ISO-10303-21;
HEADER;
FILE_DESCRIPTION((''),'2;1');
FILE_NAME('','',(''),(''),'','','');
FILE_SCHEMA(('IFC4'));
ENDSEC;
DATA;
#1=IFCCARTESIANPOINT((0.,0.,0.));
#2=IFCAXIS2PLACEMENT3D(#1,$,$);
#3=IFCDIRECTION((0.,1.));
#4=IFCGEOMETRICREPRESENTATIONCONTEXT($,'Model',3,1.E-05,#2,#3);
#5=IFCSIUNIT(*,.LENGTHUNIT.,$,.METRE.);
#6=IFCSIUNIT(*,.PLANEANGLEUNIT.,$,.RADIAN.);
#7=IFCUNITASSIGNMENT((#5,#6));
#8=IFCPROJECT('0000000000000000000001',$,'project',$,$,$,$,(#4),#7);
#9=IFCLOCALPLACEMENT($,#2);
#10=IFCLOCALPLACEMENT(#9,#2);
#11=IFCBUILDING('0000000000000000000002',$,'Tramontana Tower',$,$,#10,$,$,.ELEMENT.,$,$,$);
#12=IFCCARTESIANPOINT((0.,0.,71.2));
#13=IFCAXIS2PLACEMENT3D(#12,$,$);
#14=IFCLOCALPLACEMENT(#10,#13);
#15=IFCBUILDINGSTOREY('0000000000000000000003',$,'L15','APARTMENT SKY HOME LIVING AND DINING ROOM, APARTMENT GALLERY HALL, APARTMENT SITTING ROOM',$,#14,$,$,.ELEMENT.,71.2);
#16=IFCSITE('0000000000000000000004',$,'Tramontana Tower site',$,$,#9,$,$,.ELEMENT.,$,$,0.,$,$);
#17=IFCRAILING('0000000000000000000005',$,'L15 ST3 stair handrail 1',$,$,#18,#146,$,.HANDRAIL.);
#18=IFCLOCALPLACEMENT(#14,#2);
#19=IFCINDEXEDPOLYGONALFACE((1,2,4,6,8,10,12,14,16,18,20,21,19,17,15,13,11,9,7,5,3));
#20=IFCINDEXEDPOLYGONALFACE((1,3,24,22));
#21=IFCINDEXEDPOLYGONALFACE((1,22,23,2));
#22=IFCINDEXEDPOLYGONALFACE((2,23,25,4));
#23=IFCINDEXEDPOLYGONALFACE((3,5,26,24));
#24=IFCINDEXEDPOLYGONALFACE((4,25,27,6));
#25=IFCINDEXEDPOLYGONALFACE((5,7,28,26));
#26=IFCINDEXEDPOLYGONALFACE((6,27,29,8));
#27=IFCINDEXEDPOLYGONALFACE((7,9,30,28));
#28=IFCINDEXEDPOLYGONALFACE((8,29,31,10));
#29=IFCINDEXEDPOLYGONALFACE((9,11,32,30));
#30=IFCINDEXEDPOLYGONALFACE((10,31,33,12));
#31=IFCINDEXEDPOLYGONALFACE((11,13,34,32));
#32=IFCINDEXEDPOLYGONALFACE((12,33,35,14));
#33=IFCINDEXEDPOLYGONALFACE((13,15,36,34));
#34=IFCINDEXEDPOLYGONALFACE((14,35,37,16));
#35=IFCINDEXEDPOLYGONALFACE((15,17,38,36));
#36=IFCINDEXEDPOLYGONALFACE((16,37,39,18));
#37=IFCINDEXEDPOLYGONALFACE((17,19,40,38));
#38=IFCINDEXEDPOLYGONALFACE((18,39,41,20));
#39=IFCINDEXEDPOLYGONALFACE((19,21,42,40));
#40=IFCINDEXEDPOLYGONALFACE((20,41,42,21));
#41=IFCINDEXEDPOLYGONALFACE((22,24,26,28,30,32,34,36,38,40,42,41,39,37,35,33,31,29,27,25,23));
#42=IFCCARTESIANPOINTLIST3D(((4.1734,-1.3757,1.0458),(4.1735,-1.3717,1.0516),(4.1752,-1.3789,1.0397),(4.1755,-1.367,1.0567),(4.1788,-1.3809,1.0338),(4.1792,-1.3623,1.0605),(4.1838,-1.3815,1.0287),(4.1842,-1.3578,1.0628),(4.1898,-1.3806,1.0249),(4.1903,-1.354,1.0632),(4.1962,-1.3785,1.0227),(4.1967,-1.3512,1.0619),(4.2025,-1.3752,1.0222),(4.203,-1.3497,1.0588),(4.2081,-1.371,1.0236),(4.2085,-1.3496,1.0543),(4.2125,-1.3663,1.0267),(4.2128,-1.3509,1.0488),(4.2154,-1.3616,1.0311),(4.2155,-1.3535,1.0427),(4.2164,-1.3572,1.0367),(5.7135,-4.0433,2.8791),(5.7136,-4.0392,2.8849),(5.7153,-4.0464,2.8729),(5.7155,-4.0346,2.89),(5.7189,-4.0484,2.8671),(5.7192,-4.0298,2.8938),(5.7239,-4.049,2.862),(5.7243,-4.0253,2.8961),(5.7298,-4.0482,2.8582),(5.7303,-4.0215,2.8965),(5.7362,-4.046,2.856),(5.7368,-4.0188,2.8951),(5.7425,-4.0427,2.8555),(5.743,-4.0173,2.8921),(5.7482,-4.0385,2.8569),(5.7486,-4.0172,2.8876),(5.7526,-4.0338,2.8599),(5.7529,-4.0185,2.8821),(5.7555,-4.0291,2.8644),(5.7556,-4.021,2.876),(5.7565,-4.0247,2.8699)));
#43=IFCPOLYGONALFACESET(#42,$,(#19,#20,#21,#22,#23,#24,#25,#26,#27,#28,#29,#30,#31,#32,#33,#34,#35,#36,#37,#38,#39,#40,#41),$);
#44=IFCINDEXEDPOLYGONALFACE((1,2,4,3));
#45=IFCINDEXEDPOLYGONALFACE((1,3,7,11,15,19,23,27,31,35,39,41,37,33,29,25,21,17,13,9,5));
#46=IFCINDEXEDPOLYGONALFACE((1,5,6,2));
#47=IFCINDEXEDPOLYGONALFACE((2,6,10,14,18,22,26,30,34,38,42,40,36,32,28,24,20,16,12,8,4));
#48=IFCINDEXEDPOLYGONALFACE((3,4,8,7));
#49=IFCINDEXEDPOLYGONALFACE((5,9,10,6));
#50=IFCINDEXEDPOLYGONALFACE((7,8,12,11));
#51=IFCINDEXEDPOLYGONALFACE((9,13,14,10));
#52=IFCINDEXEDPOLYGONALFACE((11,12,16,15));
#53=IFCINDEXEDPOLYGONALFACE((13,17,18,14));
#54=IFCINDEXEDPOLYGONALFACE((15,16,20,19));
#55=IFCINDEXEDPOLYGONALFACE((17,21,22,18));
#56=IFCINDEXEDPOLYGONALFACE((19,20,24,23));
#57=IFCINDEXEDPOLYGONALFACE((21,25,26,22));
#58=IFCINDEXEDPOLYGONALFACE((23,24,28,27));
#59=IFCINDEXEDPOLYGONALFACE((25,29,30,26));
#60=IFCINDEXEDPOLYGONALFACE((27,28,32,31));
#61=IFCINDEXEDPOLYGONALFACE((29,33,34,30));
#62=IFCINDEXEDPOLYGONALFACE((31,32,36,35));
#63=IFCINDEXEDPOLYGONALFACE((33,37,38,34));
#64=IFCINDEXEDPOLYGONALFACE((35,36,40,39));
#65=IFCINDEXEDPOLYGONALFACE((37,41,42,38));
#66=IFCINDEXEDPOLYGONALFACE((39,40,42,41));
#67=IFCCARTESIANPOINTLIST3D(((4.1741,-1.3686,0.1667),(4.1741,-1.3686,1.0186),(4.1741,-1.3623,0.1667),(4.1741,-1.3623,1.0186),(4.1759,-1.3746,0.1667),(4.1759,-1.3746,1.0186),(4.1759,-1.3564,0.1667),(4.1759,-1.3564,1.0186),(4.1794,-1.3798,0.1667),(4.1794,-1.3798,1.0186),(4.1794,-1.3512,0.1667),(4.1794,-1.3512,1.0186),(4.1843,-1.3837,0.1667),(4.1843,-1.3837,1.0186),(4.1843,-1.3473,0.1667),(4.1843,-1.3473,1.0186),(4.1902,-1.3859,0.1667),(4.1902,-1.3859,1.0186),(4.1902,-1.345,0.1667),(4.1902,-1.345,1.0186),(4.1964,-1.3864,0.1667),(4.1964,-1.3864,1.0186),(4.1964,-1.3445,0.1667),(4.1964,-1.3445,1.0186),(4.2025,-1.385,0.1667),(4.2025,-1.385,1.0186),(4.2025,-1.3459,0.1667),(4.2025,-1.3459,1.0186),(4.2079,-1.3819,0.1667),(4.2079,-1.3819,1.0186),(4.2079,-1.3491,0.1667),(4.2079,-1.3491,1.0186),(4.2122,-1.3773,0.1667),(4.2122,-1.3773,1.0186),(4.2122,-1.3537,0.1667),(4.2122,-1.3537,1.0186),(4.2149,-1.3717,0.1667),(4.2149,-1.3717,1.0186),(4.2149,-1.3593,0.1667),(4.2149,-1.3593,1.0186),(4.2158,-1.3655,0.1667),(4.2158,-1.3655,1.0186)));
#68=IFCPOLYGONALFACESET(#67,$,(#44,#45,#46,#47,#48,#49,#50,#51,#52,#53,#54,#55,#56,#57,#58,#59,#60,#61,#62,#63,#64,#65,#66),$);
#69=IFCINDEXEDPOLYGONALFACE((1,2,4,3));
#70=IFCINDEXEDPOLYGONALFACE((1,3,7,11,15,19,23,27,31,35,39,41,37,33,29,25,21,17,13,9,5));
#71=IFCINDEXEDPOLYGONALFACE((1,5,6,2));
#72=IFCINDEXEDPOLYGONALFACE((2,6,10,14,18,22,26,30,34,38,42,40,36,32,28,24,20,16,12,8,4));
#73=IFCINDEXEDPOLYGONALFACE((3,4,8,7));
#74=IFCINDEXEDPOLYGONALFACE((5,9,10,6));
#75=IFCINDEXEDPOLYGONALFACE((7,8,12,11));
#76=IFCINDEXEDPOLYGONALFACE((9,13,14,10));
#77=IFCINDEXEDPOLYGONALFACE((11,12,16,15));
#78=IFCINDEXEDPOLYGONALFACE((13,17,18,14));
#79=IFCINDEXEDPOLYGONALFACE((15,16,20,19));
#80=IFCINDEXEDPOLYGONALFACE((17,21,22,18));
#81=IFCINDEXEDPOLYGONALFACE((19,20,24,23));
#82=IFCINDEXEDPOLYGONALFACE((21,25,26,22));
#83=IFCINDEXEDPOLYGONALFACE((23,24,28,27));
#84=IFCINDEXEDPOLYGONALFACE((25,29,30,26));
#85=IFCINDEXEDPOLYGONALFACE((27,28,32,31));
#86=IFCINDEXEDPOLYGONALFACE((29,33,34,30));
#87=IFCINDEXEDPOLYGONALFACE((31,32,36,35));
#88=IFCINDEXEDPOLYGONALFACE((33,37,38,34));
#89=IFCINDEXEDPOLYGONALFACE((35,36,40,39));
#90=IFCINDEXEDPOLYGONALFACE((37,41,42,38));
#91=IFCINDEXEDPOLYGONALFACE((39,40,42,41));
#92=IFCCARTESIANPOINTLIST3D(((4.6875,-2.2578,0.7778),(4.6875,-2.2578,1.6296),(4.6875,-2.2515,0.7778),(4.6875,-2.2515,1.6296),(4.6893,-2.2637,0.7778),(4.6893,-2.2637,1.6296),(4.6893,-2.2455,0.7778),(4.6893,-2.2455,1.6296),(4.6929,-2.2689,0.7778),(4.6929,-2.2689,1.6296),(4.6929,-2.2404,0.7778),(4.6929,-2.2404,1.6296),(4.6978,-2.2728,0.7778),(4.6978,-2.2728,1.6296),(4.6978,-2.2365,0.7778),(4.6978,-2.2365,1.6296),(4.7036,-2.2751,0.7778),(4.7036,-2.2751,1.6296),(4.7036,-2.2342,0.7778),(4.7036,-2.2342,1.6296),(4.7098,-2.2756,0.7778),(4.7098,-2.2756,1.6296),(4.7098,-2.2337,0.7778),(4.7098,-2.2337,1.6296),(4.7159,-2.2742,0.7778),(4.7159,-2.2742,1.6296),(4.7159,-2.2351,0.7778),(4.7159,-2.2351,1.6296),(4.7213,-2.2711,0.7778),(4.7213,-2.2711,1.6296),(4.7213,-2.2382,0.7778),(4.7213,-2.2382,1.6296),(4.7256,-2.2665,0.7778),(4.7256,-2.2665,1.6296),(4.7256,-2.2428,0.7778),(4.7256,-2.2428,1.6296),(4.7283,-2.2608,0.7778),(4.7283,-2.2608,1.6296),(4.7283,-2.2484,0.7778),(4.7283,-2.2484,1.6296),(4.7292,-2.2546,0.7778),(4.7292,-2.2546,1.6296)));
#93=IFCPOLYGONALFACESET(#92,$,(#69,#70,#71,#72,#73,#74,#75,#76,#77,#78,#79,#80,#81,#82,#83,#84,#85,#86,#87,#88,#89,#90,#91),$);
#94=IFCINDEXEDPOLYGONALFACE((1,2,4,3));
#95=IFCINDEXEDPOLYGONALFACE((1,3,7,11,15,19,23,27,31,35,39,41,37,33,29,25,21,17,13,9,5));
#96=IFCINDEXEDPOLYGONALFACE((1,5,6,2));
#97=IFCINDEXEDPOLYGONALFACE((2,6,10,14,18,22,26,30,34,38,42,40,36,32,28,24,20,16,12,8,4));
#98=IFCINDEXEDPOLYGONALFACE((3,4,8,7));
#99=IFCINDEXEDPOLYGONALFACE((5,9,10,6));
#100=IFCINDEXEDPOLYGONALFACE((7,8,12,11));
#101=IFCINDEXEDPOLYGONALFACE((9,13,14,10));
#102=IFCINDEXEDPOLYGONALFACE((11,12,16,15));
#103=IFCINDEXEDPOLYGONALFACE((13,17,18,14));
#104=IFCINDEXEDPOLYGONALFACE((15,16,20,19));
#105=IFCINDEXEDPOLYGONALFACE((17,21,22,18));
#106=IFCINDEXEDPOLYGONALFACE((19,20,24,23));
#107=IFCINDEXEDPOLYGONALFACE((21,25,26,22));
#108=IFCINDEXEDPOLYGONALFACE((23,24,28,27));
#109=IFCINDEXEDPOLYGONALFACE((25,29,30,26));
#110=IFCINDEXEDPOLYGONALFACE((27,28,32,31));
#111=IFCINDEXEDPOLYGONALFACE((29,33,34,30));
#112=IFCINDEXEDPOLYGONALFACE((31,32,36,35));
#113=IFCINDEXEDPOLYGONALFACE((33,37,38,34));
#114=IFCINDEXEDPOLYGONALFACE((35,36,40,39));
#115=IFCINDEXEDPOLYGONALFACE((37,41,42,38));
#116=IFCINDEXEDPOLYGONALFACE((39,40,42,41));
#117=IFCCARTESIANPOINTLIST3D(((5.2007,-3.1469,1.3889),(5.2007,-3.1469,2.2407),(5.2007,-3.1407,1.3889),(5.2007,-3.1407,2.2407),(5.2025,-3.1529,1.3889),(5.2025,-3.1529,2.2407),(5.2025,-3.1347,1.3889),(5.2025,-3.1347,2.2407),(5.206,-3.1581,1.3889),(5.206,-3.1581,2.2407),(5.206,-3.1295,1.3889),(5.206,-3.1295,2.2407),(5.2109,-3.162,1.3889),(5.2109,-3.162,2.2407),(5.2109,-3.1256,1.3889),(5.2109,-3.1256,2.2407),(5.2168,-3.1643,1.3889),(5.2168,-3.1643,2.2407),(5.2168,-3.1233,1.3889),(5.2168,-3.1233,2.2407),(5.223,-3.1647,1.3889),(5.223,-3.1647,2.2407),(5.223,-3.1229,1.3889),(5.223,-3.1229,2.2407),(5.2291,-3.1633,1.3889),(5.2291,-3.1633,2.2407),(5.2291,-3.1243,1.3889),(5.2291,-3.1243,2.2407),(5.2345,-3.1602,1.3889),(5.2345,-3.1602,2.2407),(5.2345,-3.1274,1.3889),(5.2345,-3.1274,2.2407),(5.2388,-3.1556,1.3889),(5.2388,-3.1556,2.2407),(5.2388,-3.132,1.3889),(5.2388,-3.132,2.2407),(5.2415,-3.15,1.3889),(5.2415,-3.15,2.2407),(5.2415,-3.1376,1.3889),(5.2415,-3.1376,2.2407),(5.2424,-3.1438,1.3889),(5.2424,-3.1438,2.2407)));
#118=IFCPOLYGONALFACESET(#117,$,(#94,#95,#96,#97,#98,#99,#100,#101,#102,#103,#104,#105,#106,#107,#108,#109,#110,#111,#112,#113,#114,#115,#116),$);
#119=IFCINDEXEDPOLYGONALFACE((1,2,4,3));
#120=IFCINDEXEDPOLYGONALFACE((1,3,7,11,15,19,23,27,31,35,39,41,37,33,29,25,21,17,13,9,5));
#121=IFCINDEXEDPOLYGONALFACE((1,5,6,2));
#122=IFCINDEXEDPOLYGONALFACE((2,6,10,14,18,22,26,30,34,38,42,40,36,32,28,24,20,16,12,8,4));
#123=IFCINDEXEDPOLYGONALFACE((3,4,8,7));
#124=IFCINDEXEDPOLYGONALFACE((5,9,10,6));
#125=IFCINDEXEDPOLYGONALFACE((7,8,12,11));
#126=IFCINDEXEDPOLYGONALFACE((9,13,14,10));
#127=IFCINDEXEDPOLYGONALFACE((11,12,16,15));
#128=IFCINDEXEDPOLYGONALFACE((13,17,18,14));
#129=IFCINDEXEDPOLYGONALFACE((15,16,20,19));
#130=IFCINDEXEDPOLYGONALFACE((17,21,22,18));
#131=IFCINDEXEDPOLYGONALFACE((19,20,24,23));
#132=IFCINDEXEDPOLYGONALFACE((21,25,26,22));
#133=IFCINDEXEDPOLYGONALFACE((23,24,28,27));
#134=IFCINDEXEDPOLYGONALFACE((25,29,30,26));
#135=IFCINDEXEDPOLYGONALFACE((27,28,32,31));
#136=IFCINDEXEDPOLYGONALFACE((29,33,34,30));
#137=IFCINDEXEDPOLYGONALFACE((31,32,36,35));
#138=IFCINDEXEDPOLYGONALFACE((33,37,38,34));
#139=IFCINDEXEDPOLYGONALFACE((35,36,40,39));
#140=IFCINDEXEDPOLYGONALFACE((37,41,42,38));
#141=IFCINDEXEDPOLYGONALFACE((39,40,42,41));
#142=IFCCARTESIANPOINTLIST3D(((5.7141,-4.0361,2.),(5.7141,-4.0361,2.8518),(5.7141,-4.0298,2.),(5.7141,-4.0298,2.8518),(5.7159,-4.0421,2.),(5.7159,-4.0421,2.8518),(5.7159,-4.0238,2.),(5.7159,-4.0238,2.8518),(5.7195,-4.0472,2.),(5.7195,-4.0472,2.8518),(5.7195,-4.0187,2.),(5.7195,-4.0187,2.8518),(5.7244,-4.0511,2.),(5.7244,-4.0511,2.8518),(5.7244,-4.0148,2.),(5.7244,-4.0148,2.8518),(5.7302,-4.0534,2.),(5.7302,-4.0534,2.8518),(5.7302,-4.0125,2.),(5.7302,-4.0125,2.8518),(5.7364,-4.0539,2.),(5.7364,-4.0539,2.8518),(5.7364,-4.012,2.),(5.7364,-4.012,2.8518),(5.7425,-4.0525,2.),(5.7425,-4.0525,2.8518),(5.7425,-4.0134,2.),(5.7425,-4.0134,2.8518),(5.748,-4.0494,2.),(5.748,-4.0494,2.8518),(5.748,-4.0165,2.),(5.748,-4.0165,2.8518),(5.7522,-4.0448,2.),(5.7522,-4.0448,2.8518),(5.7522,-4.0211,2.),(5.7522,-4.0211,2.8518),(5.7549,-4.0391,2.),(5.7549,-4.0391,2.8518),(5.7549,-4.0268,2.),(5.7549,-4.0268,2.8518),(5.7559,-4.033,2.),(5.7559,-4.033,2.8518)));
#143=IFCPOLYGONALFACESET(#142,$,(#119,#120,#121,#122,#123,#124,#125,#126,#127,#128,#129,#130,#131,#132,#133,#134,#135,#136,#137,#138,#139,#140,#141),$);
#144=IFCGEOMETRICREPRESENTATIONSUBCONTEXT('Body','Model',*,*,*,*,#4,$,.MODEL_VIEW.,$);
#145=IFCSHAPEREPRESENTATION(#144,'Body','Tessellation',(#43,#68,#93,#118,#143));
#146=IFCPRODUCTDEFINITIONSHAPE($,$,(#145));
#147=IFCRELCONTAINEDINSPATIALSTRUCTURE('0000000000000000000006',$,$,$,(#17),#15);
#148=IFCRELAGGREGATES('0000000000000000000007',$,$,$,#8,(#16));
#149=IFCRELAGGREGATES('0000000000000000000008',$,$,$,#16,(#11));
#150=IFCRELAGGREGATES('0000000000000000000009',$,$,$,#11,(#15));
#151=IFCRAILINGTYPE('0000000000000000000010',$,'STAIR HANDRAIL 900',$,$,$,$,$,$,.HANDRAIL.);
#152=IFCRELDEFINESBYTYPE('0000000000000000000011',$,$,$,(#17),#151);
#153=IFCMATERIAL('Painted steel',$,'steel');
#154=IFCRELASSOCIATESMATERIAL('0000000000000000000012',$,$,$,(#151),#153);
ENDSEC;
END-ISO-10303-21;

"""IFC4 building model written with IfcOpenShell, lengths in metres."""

from ifc_helpers import new_model, si_unit, direction, frame, origin, origin_2d, place, context, subcontext, project, spatial, circle, extrude, material, type_object, element, save


model = new_model("IFC4")

# Units and contexts
model_context = context("Model", 3, precision=1e-05, world=origin(), true_north=direction((0.0, 1.0)))
body_context = subcontext(model_context, "Body", "Model", "MODEL_VIEW")
ifc_project = project(units=[si_unit("LENGTHUNIT", "METRE"), si_unit("PLANEANGLEUNIT", "RADIAN")], contexts=[model_context])

# Site, building, storey
site_placement = place(None, origin())
site = spatial("IfcSite", under=ifc_project, at=site_placement, Name="Tramontana Tower site", CompositionType="ELEMENT", RefElevation=0.0)
building_placement = place(site_placement, origin())
building = spatial("IfcBuilding", under=site, at=building_placement, Name="Tramontana Tower", CompositionType="ELEMENT")
storey_placement = place(building_placement, frame((0.0, 0.0, 71.2)))
storey = spatial("IfcBuildingStorey", under=building, at=storey_placement, Name="L15", Description="APARTMENT SKY HOME LIVING AND DINING ROOM, APARTMENT GALLERY HALL, APARTMENT SITTING ROOM", CompositionType="ELEMENT", Elevation=71.2)

# Railing
ifc_material_1 = material(Name="Painted steel", Category="steel")
railing_type_1 = type_object("IfcRailingType", Name="STAIR HANDRAIL 900", PredefinedType="HANDRAIL", material=ifc_material_1)
railing_1_placement = place(storey_placement, frame((4.1948, -1.3655, 0.1667)))
element("IfcRailing", 1, at=railing_1_placement, inside=storey, type_object=railing_type_1, Name="L15 ST3 stair handrail 1", PredefinedType="HANDRAIL", context=body_context, shape_type="SweptSolid", body=[
    extrude(circle(Radius=0.0239, at=origin_2d()), frame((0.0, 0.0, 0.876), z_axis=(0.429649, -0.74419, 0.511452), x_axis=(0.86603, 0.499992, 0.0)), (0.0, 0.0, 1.0), 3.5845),
    extrude(circle(Radius=0.021, at=origin_2d()), origin(), (0.0, 0.0, 1.0), 0.8518),
    extrude(circle(Radius=0.021, at=origin_2d()), frame((0.5134, -0.8892, 0.6111)), (0.0, 0.0, 1.0), 0.8518),
    extrude(circle(Radius=0.021, at=origin_2d()), frame((1.0266, -1.7783, 1.2222)), (0.0, 0.0, 1.0), 0.8518),
    extrude(circle(Radius=0.021, at=origin_2d()), frame((1.54, -2.6675, 1.8333)), (0.0, 0.0, 1.0), 0.8518),
])

save(model, "model.ifc")
